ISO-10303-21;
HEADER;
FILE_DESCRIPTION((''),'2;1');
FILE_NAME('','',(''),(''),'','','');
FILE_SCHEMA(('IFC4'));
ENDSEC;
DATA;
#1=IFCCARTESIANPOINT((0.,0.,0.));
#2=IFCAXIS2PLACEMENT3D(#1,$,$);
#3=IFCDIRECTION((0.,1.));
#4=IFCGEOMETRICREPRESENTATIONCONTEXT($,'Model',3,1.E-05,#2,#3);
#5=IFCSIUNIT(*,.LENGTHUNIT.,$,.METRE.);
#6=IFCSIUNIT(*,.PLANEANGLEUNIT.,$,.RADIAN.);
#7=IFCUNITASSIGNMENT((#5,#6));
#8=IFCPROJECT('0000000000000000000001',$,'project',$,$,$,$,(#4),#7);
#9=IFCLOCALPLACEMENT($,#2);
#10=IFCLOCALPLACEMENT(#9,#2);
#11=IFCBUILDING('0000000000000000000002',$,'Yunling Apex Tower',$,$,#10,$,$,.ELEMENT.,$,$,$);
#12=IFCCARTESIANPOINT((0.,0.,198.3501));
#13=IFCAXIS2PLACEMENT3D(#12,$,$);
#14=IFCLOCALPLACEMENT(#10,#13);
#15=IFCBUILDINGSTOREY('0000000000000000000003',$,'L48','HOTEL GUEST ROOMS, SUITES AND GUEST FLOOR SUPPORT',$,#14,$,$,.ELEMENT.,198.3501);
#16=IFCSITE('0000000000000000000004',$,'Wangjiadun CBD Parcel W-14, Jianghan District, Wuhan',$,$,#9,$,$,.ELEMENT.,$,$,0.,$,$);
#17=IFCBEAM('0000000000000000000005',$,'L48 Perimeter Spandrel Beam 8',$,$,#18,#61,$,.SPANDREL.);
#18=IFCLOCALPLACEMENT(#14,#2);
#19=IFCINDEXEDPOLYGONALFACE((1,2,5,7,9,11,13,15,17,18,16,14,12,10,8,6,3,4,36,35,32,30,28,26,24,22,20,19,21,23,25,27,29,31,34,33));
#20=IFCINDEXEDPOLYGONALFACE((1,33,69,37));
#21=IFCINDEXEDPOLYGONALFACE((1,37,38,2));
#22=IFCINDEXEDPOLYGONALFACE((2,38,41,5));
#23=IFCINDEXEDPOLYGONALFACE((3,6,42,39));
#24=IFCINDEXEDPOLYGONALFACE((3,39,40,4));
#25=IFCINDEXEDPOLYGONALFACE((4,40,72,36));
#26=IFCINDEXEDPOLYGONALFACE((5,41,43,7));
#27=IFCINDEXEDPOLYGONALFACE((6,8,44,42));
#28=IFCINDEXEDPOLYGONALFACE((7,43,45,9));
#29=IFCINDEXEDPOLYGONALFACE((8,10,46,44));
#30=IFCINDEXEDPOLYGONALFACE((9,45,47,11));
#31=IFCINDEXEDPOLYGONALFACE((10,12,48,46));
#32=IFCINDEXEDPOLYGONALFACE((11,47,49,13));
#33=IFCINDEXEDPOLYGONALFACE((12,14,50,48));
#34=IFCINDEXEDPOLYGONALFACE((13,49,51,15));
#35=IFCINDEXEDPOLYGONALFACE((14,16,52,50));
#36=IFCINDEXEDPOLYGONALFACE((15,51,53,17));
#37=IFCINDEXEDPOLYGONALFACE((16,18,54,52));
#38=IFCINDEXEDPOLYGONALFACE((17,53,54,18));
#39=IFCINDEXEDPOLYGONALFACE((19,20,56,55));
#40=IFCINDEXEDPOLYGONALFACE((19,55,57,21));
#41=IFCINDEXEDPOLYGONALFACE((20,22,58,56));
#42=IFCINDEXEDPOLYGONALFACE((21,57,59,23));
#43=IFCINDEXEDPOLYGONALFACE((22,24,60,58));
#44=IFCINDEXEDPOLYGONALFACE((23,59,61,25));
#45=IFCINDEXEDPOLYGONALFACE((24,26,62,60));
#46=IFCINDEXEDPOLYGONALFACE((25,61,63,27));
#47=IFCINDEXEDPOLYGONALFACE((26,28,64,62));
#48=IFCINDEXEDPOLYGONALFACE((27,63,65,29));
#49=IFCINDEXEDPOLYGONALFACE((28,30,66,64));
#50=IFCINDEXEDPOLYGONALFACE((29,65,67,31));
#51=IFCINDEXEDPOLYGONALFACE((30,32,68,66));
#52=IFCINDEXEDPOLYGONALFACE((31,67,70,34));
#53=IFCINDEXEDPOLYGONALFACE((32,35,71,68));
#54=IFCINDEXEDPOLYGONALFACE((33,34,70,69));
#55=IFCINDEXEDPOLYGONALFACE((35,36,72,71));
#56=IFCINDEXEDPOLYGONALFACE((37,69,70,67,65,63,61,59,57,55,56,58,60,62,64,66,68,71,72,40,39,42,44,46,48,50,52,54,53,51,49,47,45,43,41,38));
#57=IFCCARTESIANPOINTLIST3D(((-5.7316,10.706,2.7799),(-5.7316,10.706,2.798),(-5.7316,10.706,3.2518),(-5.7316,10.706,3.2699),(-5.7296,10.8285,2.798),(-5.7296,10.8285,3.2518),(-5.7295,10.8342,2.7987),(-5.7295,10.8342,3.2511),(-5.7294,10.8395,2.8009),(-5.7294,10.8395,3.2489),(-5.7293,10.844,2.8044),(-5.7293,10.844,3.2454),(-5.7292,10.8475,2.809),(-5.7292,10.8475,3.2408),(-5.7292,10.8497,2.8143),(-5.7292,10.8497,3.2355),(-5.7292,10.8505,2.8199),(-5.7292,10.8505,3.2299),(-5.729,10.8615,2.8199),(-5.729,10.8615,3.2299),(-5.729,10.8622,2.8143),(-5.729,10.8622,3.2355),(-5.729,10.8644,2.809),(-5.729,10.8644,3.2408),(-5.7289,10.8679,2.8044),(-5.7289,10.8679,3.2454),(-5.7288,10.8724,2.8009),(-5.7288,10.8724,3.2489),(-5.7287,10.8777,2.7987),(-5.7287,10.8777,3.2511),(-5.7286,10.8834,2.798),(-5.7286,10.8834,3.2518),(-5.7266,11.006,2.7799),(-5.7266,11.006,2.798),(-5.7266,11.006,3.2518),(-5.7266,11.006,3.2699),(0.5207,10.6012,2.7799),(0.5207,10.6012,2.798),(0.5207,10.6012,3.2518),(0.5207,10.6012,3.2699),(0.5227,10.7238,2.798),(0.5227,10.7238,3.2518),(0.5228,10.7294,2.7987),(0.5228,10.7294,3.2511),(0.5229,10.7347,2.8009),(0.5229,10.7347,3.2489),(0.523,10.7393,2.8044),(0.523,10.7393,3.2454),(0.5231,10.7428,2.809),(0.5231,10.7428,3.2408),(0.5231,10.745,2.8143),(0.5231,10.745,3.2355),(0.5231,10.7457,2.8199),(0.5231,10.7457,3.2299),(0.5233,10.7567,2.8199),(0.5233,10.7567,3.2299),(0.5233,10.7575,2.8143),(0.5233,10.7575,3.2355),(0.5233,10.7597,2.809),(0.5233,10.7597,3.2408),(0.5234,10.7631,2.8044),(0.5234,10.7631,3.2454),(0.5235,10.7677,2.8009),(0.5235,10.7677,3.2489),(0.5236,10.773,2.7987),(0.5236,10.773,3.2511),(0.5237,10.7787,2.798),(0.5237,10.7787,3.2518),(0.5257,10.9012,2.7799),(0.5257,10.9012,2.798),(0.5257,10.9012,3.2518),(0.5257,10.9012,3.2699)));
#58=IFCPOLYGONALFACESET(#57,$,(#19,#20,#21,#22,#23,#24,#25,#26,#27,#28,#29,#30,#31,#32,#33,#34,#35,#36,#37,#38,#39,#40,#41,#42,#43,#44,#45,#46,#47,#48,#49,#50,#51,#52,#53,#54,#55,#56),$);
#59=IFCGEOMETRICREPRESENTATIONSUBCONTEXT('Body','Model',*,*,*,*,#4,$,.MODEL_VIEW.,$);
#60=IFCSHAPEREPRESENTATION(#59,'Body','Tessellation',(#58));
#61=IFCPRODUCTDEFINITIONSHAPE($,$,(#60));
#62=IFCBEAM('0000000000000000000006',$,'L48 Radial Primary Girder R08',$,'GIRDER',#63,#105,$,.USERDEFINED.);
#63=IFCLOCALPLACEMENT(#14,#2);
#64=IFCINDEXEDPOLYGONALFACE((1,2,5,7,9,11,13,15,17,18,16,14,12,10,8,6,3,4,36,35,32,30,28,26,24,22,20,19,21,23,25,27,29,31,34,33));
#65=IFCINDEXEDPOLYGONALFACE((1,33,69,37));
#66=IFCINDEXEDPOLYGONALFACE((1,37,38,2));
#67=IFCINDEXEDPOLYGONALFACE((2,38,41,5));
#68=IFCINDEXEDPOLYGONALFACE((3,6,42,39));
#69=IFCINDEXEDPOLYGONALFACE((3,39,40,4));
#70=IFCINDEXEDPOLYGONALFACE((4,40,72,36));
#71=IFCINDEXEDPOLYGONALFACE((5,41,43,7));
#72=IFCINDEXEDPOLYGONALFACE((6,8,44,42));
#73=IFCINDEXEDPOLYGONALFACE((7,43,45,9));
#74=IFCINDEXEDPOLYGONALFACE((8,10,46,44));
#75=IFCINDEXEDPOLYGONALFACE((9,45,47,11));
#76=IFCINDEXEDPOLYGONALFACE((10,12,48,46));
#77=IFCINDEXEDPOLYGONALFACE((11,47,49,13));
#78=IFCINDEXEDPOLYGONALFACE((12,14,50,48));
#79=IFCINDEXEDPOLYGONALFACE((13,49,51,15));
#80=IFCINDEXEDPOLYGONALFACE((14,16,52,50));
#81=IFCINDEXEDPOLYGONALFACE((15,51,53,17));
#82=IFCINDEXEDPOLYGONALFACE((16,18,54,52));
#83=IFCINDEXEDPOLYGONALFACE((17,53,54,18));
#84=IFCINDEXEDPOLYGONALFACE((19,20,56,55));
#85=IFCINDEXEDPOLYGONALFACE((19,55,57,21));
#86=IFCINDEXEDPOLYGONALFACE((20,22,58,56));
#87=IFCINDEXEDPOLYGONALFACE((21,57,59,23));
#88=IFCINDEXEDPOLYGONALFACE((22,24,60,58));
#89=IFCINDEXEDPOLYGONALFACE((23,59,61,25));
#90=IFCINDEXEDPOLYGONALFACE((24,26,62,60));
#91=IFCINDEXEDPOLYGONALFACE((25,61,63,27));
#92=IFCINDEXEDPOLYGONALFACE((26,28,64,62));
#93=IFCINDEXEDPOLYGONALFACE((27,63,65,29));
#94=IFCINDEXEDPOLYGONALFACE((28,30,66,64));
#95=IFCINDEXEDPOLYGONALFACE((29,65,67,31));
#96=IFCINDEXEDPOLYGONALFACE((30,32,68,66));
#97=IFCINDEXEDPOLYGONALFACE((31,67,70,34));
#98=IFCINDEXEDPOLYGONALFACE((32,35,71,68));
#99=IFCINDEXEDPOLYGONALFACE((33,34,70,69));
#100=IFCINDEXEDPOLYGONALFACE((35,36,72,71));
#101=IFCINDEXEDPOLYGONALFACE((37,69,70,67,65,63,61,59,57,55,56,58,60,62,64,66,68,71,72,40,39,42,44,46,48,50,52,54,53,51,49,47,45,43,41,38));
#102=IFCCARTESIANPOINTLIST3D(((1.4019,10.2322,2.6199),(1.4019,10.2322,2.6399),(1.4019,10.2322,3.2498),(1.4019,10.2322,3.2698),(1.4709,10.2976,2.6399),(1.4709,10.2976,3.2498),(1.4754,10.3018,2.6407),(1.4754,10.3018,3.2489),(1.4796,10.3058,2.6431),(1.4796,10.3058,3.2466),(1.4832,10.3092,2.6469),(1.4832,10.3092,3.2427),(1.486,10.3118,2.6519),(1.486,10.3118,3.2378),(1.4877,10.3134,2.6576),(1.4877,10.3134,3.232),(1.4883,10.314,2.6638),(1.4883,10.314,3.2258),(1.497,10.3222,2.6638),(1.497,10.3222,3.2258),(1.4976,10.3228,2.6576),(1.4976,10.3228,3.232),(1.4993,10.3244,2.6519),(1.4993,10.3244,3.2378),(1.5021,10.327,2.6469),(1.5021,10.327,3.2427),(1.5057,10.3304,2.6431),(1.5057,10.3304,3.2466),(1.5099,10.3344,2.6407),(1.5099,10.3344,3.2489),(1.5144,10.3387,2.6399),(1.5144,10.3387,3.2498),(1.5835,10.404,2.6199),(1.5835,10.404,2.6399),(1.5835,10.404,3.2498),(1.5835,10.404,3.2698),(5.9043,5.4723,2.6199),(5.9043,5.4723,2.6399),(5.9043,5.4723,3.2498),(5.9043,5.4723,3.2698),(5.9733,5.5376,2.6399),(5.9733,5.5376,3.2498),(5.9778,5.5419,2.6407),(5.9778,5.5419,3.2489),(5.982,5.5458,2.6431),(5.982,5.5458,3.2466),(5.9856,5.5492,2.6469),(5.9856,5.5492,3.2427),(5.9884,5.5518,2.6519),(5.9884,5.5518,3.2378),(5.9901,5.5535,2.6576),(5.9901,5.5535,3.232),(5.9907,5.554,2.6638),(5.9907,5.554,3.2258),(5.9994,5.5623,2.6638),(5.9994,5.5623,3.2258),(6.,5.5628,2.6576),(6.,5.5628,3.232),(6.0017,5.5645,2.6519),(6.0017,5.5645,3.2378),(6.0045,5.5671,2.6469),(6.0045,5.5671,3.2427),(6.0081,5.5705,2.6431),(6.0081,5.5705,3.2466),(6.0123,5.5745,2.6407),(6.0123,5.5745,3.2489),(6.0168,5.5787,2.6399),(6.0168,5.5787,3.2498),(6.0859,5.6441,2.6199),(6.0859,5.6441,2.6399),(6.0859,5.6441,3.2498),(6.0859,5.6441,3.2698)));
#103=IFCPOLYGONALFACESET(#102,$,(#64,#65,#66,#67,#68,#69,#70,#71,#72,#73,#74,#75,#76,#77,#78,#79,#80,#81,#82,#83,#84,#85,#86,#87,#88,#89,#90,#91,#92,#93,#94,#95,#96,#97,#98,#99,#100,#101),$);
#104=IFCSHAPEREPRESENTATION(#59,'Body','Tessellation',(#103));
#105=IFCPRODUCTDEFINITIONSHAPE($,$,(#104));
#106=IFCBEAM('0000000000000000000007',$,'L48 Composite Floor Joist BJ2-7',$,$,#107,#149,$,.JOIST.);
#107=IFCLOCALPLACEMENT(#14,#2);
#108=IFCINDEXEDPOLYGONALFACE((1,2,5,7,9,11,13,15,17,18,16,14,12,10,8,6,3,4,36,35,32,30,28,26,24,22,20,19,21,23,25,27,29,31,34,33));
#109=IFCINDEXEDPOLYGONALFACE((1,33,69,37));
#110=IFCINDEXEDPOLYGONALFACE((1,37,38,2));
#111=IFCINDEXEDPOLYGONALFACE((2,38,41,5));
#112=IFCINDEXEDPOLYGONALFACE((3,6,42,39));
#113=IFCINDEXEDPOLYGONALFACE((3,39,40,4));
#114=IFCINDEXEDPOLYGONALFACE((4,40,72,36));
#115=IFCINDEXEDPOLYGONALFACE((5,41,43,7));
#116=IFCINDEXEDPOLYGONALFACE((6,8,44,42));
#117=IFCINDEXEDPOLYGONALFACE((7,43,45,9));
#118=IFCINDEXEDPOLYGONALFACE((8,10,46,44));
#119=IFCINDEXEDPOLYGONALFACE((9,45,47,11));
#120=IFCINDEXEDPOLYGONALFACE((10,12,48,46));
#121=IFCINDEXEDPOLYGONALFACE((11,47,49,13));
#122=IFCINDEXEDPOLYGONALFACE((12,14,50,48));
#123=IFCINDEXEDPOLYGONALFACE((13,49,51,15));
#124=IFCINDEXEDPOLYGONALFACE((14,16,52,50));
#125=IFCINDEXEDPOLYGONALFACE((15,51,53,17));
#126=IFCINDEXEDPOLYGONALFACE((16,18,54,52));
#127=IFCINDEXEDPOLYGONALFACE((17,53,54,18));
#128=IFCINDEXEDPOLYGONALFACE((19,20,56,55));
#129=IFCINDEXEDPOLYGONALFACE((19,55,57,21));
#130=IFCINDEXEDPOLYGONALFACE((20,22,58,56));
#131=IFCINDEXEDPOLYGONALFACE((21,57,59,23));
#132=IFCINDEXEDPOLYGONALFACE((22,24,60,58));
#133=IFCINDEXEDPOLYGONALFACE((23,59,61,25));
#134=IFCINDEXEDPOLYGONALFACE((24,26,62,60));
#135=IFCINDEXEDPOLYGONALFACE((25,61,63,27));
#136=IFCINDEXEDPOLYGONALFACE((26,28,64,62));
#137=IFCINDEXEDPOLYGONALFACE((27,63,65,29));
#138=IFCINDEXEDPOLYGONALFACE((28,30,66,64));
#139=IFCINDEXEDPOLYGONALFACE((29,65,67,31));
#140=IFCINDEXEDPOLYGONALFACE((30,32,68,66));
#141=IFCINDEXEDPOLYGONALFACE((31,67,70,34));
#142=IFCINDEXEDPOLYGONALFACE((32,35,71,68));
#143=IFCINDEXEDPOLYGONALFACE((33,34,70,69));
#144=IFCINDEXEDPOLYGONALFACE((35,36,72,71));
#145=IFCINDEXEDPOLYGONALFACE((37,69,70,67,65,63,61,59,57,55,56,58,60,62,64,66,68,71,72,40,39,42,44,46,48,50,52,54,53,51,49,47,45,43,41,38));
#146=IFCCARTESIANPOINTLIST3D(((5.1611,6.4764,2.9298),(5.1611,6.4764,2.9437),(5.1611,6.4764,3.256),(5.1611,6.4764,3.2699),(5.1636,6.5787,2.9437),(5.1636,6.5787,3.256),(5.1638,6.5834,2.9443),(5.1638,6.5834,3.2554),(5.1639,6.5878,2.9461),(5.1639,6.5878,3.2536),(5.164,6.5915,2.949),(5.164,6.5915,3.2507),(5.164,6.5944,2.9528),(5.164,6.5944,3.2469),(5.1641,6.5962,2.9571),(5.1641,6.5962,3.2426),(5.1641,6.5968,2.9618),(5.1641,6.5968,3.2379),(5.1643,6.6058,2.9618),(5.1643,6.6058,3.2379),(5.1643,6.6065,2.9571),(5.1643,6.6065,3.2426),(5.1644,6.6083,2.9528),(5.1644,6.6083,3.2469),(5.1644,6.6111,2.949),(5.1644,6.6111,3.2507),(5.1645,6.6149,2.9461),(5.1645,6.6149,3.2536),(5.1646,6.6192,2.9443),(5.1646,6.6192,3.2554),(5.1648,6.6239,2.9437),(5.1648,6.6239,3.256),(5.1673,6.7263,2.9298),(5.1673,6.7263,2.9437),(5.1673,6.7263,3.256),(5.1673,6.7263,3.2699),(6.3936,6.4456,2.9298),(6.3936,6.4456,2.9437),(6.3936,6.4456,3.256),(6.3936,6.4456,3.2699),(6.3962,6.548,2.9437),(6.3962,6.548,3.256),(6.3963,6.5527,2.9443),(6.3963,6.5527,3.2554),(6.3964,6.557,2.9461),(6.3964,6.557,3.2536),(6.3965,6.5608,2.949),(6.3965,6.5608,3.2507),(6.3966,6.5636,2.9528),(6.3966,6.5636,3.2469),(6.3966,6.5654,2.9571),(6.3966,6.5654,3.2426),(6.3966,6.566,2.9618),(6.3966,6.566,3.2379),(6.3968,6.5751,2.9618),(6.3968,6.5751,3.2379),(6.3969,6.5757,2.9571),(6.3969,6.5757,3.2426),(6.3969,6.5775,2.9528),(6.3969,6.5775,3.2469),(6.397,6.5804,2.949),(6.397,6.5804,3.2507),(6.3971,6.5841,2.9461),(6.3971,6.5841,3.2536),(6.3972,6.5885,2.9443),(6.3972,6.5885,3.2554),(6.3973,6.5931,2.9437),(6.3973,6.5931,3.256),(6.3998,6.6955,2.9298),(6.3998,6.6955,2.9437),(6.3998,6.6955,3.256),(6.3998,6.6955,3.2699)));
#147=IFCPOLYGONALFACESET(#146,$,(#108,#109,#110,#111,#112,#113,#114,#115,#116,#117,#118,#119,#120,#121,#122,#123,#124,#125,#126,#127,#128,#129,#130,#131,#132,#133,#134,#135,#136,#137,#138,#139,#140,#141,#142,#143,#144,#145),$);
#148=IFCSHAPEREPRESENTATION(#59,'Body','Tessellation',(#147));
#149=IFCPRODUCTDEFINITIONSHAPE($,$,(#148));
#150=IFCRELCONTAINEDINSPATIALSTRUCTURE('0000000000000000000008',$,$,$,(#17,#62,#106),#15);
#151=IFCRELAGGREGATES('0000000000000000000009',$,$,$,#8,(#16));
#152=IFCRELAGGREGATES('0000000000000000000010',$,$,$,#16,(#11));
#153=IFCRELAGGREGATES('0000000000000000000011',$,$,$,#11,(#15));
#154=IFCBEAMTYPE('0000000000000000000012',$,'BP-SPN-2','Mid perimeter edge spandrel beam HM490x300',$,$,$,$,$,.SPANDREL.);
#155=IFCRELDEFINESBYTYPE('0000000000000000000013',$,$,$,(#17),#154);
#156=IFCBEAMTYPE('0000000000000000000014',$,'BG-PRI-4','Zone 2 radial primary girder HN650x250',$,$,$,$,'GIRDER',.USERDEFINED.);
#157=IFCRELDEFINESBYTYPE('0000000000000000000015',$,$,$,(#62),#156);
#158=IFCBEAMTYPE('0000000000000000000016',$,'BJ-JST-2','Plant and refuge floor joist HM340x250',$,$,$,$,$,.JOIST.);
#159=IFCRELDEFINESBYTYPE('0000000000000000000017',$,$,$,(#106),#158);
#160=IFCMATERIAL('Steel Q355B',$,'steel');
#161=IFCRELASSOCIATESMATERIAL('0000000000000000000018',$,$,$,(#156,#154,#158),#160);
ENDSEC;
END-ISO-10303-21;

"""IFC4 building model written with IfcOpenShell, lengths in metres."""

from ifc_helpers import new_model, si_unit, direction, frame, origin, origin_2d, place, context, subcontext, project, spatial, i_section, extrude, source, transform, mapped, material, material_profile, profile_set, type_object, element, save


model = new_model("IFC4")

# Units and contexts
model_context = context("Model", 3, precision=1e-05, world=origin(), true_north=direction((0.0, 1.0)))
body_context = subcontext(model_context, "Body", "Model", "MODEL_VIEW")
ifc_project = project(units=[si_unit("LENGTHUNIT", "METRE"), si_unit("PLANEANGLEUNIT", "RADIAN")], contexts=[model_context])

# Site, building, storey
site_placement = place(None, origin())
site = spatial("IfcSite", under=ifc_project, at=site_placement, Name="Wangjiadun CBD Parcel W-14, Jianghan District, Wuhan", CompositionType="ELEMENT", RefElevation=0.0)
building_placement = place(site_placement, origin())
building = spatial("IfcBuilding", under=site, at=building_placement, Name="Yunling Apex Tower", CompositionType="ELEMENT")
storey_placement = place(building_placement, frame((0.0, 0.0, 198.3501)))
storey = spatial("IfcBuildingStorey", under=building, at=storey_placement, Name="L48", Description="HOTEL GUEST ROOMS, SUITES AND GUEST FLOOR SUPPORT", CompositionType="ELEMENT", Elevation=198.3501)

# Beams
ifc_material_1 = material(Name="Steel Q355B", Category="steel")
ifc_material_profile_1 = material_profile(ifc_material_1, i_section(OverallWidth=0.25, OverallDepth=0.6499, WebThickness=0.012, FlangeThickness=0.02, FilletRadius=0.0239, at=origin_2d()))
ifc_profile_set_1 = profile_set([ifc_material_profile_1], Name="Steel Q355B")
beam_type_1 = type_object("IfcBeamType", Name="BG-PRI-4", Description="Zone 2 radial primary girder HN650x250", ElementType="GIRDER", PredefinedType="USERDEFINED", material=ifc_profile_set_1)
ifc_material_profile_2 = material_profile(ifc_material_1, i_section(OverallWidth=0.3, OverallDepth=0.49, WebThickness=0.011, FlangeThickness=0.0181, FilletRadius=0.022, at=origin_2d()))
ifc_profile_set_2 = profile_set([ifc_material_profile_2], Name="Steel Q355B")
beam_type_2 = type_object("IfcBeamType", Name="BP-SPN-2", Description="Mid perimeter edge spandrel beam HM490x300", PredefinedType="SPANDREL", material=ifc_profile_set_2)
shared_shape_1 = source(origin(), body_context, "Body", "SweptSolid", [
    extrude(i_section(OverallWidth=0.3, OverallDepth=0.49, WebThickness=0.011, FlangeThickness=0.0181, FilletRadius=0.022, at=origin_2d()), origin(), (0.0, 0.0, 1.0), 6.2532),
])
beam_1_placement = place(storey_placement, frame((0.5232, 10.7512, 3.0249), z_axis=(-0.99986, 0.01675, 0.0), x_axis=(-0.01675, -0.99986, 0.0)))
element("IfcBeam", 1, at=beam_1_placement, inside=storey, type_object=beam_type_2, Name="L48 Perimeter Spandrel Beam 8", PredefinedType="SPANDREL", context=body_context, shape_type="MappedRepresentation", body=[
    mapped(shared_shape_1, transform((0.0, 0.0, 0.0), scale=1.0)),
])
shared_shape_2 = source(origin(), body_context, "Body", "SweptSolid", [
    extrude(i_section(OverallWidth=0.25, OverallDepth=0.6499, WebThickness=0.012, FlangeThickness=0.02, FilletRadius=0.0239, at=origin_2d()), origin(), (0.0, 0.0, 1.0), 6.552),
])
beam_2_placement = place(storey_placement, frame((1.4927, 10.3181, 2.9448), z_axis=(0.687178, -0.726489, 0.0), x_axis=(0.726489, 0.687178, 0.0)))
element("IfcBeam", 2, at=beam_2_placement, inside=storey, type_object=beam_type_1, Name="L48 Radial Primary Girder R08", ObjectType="GIRDER", PredefinedType="USERDEFINED", context=body_context, shape_type="MappedRepresentation", body=[
    mapped(shared_shape_2, transform((0.0, 0.0, 0.0), scale=1.0)),
])
ifc_material_profile_3 = material_profile(ifc_material_1, i_section(OverallWidth=0.25, OverallDepth=0.3401, WebThickness=0.009, FlangeThickness=0.0139, FilletRadius=0.0181, at=origin_2d()))
ifc_profile_set_3 = profile_set([ifc_material_profile_3], Name="Steel Q355B")
beam_type_3 = type_object("IfcBeamType", Name="BJ-JST-2", Description="Plant and refuge floor joist HM340x250", PredefinedType="JOIST", material=ifc_profile_set_3)
shared_shape_3 = source(origin(), body_context, "Body", "SweptSolid", [
    extrude(i_section(OverallWidth=0.25, OverallDepth=0.3401, WebThickness=0.009, FlangeThickness=0.0139, FilletRadius=0.0181, at=origin_2d()), origin(), (0.0, 0.0, 1.0), 1.2329),
])
beam_3_placement = place(storey_placement, frame((6.3967, 6.5706, 3.0999), z_axis=(-0.999689, 0.024953, 0.0), x_axis=(-0.024953, -0.999689, 0.0)))
element("IfcBeam", 3, at=beam_3_placement, inside=storey, type_object=beam_type_3, Name="L48 Composite Floor Joist BJ2-7", PredefinedType="JOIST", context=body_context, shape_type="MappedRepresentation", body=[
    mapped(shared_shape_3, transform((0.0, 0.0, 0.0), scale=1.0)),
])

save(model, "model.ifc")
